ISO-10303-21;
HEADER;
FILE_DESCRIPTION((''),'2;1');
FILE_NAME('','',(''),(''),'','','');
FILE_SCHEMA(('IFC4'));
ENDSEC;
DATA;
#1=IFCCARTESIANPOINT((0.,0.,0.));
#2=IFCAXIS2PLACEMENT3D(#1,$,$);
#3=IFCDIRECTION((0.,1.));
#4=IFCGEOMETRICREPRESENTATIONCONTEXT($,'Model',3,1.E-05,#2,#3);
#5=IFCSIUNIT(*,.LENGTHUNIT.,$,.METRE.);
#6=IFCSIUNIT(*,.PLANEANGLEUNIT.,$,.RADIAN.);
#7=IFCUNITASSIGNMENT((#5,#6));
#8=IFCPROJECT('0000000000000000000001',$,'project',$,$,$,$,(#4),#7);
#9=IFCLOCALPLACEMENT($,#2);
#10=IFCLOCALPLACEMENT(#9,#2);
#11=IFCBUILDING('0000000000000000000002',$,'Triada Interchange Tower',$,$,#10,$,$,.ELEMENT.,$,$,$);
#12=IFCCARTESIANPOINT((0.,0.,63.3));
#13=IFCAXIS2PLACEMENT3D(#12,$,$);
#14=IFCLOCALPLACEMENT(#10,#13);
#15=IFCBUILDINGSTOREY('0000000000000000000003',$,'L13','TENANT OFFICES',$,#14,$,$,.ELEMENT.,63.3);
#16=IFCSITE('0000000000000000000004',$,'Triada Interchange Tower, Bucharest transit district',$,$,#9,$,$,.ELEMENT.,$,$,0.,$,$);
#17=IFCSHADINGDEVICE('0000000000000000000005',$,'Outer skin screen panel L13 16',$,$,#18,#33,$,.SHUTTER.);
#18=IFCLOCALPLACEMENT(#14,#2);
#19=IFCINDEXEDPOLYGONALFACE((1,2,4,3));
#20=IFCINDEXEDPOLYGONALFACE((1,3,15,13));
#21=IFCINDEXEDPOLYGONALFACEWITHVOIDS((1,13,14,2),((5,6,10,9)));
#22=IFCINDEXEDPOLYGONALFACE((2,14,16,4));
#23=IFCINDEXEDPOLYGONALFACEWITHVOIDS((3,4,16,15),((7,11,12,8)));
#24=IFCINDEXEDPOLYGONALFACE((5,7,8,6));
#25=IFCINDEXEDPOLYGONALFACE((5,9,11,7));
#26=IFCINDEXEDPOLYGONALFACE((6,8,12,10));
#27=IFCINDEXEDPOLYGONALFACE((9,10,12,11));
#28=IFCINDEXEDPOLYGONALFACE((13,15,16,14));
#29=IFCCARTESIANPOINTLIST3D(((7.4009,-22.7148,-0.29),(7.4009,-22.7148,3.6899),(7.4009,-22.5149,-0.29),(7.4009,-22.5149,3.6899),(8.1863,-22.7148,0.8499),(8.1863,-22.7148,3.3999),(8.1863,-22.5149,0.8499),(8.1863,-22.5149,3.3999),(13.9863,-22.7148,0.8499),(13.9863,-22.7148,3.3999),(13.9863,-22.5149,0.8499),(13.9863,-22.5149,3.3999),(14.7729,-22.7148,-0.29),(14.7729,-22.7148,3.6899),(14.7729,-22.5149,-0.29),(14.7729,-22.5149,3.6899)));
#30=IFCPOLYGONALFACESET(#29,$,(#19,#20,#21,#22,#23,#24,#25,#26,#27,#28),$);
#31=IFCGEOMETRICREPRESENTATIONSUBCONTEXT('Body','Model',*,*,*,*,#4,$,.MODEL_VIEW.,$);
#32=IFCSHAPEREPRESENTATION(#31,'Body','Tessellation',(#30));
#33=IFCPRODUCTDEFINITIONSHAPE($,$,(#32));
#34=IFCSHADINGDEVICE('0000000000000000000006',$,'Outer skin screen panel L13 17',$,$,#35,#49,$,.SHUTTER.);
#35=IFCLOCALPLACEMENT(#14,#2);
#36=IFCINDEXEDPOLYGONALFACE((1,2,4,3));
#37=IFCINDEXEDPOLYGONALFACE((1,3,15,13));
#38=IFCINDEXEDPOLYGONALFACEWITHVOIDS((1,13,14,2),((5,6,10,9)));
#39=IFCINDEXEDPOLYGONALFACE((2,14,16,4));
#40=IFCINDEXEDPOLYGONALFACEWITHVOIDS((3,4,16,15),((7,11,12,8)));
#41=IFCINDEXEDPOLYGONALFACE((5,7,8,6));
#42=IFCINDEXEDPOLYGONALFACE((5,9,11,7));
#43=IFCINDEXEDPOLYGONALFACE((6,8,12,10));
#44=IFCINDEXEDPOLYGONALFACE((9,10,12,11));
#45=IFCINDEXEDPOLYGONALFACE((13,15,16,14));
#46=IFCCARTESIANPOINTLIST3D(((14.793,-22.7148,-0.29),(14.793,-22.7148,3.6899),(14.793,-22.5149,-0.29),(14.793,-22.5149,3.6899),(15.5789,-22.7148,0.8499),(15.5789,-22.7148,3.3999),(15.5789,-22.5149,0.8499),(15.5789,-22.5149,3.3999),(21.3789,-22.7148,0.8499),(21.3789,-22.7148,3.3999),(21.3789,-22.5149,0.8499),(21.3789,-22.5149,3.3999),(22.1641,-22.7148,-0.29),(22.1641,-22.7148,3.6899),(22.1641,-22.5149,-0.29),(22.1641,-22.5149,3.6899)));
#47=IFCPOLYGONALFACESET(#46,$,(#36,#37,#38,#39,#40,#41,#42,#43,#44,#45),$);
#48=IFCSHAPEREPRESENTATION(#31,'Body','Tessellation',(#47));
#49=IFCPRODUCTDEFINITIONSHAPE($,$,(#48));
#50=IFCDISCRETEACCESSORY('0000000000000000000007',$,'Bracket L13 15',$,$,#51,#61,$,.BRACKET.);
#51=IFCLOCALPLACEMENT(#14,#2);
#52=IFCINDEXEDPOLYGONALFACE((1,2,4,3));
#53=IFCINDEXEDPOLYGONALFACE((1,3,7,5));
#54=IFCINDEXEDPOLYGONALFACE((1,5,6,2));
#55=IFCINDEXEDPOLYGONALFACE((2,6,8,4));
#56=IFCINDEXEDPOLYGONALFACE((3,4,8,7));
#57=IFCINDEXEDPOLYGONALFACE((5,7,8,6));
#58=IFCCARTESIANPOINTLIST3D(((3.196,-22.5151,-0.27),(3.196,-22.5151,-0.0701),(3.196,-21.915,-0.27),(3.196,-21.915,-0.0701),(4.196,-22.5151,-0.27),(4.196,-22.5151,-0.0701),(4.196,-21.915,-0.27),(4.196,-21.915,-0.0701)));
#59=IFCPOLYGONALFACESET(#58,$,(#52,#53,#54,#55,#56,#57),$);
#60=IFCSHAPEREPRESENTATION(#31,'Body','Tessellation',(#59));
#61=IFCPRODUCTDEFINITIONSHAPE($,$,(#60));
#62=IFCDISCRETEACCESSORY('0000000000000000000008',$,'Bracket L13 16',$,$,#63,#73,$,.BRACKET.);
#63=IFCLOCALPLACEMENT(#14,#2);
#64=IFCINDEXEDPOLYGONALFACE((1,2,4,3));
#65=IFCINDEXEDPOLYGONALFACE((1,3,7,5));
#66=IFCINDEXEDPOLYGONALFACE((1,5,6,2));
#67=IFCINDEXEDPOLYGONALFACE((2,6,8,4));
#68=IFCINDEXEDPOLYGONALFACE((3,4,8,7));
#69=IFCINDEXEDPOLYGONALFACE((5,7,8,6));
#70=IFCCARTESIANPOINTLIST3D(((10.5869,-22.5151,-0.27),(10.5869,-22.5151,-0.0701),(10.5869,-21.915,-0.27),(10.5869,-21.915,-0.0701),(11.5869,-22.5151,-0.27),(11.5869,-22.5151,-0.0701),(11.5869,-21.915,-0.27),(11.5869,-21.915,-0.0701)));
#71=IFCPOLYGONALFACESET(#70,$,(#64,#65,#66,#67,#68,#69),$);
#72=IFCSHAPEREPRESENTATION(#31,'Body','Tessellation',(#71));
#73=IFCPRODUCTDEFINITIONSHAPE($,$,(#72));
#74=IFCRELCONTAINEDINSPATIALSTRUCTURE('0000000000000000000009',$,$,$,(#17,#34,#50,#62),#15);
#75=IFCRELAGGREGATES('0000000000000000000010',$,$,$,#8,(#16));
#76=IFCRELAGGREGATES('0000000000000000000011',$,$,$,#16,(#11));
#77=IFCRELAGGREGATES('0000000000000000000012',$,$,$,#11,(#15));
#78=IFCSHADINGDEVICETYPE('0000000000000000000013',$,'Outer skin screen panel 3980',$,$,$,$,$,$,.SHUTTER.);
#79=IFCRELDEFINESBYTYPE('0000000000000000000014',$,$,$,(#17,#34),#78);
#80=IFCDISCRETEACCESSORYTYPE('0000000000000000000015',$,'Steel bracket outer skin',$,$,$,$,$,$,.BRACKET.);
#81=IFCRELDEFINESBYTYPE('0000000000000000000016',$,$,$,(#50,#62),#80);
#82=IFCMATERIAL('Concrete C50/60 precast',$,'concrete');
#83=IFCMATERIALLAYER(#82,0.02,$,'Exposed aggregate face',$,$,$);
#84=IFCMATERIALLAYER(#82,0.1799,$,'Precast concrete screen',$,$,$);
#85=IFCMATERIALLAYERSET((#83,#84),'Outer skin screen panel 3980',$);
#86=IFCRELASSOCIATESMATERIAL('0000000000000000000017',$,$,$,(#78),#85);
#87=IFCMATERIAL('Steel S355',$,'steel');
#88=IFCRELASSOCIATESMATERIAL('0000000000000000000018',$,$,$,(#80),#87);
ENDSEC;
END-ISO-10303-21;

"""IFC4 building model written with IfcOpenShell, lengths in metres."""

from ifc_helpers import new_model, si_unit, direction, frame, origin, origin_2d, place, context, subcontext, project, spatial, polyline, rectangle, outline, extrude, material, layer, layer_set, type_object, element, save


model = new_model("IFC4")

# Units and contexts
model_context = context("Model", 3, precision=1e-05, world=origin(), true_north=direction((0.0, 1.0)))
body_context = subcontext(model_context, "Body", "Model", "MODEL_VIEW")
ifc_project = project(units=[si_unit("LENGTHUNIT", "METRE"), si_unit("PLANEANGLEUNIT", "RADIAN")], contexts=[model_context])

# Site, building, storey
site_placement = place(None, origin())
site = spatial("IfcSite", under=ifc_project, at=site_placement, Name="Triada Interchange Tower, Bucharest transit district", CompositionType="ELEMENT", RefElevation=0.0)
building_placement = place(site_placement, origin())
building = spatial("IfcBuilding", under=site, at=building_placement, Name="Triada Interchange Tower", CompositionType="ELEMENT")
storey_placement = place(building_placement, frame((0.0, 0.0, 63.3)))
storey = spatial("IfcBuildingStorey", under=building, at=storey_placement, Name="L13", Description="TENANT OFFICES", CompositionType="ELEMENT", Elevation=63.3)

# Shading devices
ifc_material_1 = material(Name="Concrete C50/60 precast", Category="concrete")
ifc_layer_1 = layer(ifc_material_1, 0.02, Name="Exposed aggregate face")
ifc_layer_2 = layer(ifc_material_1, 0.1799, Name="Precast concrete screen")
ifc_layer_set_1 = layer_set([ifc_layer_1, ifc_layer_2], Name="Outer skin screen panel 3980")
shading_device_type = type_object("IfcShadingDeviceType", Name="Outer skin screen panel 3980", PredefinedType="SHUTTER", material=ifc_layer_set_1)
shading_device_1_placement = place(storey_placement, frame((7.4009, -22.5149, -0.29), z_axis=(0.0, 0.0, 1.0), x_axis=(1.0, 0.0, 0.0)))
element("IfcShadingDevice", 1, at=shading_device_1_placement, inside=storey, type_object=shading_device_type, Name="Outer skin screen panel L13 16", PredefinedType="SHUTTER", context=body_context, shape_type="SweptSolid", body=[
    extrude(outline(polyline([(0.0, 0.0), (7.3721, 0.0), (7.3721, 3.98), (0.0, 3.98), (0.0, 0.0)]), holes=[polyline([(0.7854, 1.1399), (0.7854, 3.6899), (6.5854, 3.6899), (6.5854, 1.1399), (0.7854, 1.1399)])]), frame((0.0, 0.0, 0.0), z_axis=(0.0, -1.0, 0.0), x_axis=(1.0, 0.0, 0.0)), (0.0, 0.0, 1.0), 0.2),
])
shading_device_2_placement = place(storey_placement, frame((14.793, -22.5149, -0.29), z_axis=(0.0, 0.0, 1.0), x_axis=(1.0, 0.0, 0.0)))
element("IfcShadingDevice", 2, at=shading_device_2_placement, inside=storey, type_object=shading_device_type, Name="Outer skin screen panel L13 17", PredefinedType="SHUTTER", context=body_context, shape_type="SweptSolid", body=[
    extrude(outline(polyline([(0.0, 0.0), (7.3711, 0.0), (7.3711, 3.98), (0.0, 3.98), (0.0, 0.0)]), holes=[polyline([(0.7859, 1.1399), (0.7859, 3.6899), (6.5859, 3.6899), (6.5859, 1.1399), (0.7859, 1.1399)])]), frame((0.0, 0.0, 0.0), z_axis=(0.0, -1.0, 0.0), x_axis=(1.0, 0.0, 0.0)), (0.0, 0.0, 1.0), 0.2),
])

# Discrete accessories
ifc_material_2 = material(Name="Steel S355", Category="steel")
discrete_accessory_type = type_object("IfcDiscreteAccessoryType", Name="Steel bracket outer skin", PredefinedType="BRACKET", material=ifc_material_2)
for number, where, z_axis, x_axis, name in (
    (3, (3.696, -22.2151, -0.27), (0.0, 0.0, 1.0), (0.0, -1.0, 0.0), "Bracket L13 15"),
    (4, (11.0869, -22.2151, -0.27), (0.0, 0.0, 1.0), (0.0, -1.0, 0.0), "Bracket L13 16"),
):
    element("IfcDiscreteAccessory", number, at=place(storey_placement, frame(where, z_axis=z_axis, x_axis=x_axis)), inside=storey, type_object=discrete_accessory_type, Name=name, PredefinedType="BRACKET", context=body_context, shape_type="SweptSolid", body=[
        extrude(rectangle(XDim=0.6001, YDim=1.0, at=origin_2d()), origin(), (0.0, 0.0, 1.0), 0.2),
    ])

save(model, "model.ifc")
